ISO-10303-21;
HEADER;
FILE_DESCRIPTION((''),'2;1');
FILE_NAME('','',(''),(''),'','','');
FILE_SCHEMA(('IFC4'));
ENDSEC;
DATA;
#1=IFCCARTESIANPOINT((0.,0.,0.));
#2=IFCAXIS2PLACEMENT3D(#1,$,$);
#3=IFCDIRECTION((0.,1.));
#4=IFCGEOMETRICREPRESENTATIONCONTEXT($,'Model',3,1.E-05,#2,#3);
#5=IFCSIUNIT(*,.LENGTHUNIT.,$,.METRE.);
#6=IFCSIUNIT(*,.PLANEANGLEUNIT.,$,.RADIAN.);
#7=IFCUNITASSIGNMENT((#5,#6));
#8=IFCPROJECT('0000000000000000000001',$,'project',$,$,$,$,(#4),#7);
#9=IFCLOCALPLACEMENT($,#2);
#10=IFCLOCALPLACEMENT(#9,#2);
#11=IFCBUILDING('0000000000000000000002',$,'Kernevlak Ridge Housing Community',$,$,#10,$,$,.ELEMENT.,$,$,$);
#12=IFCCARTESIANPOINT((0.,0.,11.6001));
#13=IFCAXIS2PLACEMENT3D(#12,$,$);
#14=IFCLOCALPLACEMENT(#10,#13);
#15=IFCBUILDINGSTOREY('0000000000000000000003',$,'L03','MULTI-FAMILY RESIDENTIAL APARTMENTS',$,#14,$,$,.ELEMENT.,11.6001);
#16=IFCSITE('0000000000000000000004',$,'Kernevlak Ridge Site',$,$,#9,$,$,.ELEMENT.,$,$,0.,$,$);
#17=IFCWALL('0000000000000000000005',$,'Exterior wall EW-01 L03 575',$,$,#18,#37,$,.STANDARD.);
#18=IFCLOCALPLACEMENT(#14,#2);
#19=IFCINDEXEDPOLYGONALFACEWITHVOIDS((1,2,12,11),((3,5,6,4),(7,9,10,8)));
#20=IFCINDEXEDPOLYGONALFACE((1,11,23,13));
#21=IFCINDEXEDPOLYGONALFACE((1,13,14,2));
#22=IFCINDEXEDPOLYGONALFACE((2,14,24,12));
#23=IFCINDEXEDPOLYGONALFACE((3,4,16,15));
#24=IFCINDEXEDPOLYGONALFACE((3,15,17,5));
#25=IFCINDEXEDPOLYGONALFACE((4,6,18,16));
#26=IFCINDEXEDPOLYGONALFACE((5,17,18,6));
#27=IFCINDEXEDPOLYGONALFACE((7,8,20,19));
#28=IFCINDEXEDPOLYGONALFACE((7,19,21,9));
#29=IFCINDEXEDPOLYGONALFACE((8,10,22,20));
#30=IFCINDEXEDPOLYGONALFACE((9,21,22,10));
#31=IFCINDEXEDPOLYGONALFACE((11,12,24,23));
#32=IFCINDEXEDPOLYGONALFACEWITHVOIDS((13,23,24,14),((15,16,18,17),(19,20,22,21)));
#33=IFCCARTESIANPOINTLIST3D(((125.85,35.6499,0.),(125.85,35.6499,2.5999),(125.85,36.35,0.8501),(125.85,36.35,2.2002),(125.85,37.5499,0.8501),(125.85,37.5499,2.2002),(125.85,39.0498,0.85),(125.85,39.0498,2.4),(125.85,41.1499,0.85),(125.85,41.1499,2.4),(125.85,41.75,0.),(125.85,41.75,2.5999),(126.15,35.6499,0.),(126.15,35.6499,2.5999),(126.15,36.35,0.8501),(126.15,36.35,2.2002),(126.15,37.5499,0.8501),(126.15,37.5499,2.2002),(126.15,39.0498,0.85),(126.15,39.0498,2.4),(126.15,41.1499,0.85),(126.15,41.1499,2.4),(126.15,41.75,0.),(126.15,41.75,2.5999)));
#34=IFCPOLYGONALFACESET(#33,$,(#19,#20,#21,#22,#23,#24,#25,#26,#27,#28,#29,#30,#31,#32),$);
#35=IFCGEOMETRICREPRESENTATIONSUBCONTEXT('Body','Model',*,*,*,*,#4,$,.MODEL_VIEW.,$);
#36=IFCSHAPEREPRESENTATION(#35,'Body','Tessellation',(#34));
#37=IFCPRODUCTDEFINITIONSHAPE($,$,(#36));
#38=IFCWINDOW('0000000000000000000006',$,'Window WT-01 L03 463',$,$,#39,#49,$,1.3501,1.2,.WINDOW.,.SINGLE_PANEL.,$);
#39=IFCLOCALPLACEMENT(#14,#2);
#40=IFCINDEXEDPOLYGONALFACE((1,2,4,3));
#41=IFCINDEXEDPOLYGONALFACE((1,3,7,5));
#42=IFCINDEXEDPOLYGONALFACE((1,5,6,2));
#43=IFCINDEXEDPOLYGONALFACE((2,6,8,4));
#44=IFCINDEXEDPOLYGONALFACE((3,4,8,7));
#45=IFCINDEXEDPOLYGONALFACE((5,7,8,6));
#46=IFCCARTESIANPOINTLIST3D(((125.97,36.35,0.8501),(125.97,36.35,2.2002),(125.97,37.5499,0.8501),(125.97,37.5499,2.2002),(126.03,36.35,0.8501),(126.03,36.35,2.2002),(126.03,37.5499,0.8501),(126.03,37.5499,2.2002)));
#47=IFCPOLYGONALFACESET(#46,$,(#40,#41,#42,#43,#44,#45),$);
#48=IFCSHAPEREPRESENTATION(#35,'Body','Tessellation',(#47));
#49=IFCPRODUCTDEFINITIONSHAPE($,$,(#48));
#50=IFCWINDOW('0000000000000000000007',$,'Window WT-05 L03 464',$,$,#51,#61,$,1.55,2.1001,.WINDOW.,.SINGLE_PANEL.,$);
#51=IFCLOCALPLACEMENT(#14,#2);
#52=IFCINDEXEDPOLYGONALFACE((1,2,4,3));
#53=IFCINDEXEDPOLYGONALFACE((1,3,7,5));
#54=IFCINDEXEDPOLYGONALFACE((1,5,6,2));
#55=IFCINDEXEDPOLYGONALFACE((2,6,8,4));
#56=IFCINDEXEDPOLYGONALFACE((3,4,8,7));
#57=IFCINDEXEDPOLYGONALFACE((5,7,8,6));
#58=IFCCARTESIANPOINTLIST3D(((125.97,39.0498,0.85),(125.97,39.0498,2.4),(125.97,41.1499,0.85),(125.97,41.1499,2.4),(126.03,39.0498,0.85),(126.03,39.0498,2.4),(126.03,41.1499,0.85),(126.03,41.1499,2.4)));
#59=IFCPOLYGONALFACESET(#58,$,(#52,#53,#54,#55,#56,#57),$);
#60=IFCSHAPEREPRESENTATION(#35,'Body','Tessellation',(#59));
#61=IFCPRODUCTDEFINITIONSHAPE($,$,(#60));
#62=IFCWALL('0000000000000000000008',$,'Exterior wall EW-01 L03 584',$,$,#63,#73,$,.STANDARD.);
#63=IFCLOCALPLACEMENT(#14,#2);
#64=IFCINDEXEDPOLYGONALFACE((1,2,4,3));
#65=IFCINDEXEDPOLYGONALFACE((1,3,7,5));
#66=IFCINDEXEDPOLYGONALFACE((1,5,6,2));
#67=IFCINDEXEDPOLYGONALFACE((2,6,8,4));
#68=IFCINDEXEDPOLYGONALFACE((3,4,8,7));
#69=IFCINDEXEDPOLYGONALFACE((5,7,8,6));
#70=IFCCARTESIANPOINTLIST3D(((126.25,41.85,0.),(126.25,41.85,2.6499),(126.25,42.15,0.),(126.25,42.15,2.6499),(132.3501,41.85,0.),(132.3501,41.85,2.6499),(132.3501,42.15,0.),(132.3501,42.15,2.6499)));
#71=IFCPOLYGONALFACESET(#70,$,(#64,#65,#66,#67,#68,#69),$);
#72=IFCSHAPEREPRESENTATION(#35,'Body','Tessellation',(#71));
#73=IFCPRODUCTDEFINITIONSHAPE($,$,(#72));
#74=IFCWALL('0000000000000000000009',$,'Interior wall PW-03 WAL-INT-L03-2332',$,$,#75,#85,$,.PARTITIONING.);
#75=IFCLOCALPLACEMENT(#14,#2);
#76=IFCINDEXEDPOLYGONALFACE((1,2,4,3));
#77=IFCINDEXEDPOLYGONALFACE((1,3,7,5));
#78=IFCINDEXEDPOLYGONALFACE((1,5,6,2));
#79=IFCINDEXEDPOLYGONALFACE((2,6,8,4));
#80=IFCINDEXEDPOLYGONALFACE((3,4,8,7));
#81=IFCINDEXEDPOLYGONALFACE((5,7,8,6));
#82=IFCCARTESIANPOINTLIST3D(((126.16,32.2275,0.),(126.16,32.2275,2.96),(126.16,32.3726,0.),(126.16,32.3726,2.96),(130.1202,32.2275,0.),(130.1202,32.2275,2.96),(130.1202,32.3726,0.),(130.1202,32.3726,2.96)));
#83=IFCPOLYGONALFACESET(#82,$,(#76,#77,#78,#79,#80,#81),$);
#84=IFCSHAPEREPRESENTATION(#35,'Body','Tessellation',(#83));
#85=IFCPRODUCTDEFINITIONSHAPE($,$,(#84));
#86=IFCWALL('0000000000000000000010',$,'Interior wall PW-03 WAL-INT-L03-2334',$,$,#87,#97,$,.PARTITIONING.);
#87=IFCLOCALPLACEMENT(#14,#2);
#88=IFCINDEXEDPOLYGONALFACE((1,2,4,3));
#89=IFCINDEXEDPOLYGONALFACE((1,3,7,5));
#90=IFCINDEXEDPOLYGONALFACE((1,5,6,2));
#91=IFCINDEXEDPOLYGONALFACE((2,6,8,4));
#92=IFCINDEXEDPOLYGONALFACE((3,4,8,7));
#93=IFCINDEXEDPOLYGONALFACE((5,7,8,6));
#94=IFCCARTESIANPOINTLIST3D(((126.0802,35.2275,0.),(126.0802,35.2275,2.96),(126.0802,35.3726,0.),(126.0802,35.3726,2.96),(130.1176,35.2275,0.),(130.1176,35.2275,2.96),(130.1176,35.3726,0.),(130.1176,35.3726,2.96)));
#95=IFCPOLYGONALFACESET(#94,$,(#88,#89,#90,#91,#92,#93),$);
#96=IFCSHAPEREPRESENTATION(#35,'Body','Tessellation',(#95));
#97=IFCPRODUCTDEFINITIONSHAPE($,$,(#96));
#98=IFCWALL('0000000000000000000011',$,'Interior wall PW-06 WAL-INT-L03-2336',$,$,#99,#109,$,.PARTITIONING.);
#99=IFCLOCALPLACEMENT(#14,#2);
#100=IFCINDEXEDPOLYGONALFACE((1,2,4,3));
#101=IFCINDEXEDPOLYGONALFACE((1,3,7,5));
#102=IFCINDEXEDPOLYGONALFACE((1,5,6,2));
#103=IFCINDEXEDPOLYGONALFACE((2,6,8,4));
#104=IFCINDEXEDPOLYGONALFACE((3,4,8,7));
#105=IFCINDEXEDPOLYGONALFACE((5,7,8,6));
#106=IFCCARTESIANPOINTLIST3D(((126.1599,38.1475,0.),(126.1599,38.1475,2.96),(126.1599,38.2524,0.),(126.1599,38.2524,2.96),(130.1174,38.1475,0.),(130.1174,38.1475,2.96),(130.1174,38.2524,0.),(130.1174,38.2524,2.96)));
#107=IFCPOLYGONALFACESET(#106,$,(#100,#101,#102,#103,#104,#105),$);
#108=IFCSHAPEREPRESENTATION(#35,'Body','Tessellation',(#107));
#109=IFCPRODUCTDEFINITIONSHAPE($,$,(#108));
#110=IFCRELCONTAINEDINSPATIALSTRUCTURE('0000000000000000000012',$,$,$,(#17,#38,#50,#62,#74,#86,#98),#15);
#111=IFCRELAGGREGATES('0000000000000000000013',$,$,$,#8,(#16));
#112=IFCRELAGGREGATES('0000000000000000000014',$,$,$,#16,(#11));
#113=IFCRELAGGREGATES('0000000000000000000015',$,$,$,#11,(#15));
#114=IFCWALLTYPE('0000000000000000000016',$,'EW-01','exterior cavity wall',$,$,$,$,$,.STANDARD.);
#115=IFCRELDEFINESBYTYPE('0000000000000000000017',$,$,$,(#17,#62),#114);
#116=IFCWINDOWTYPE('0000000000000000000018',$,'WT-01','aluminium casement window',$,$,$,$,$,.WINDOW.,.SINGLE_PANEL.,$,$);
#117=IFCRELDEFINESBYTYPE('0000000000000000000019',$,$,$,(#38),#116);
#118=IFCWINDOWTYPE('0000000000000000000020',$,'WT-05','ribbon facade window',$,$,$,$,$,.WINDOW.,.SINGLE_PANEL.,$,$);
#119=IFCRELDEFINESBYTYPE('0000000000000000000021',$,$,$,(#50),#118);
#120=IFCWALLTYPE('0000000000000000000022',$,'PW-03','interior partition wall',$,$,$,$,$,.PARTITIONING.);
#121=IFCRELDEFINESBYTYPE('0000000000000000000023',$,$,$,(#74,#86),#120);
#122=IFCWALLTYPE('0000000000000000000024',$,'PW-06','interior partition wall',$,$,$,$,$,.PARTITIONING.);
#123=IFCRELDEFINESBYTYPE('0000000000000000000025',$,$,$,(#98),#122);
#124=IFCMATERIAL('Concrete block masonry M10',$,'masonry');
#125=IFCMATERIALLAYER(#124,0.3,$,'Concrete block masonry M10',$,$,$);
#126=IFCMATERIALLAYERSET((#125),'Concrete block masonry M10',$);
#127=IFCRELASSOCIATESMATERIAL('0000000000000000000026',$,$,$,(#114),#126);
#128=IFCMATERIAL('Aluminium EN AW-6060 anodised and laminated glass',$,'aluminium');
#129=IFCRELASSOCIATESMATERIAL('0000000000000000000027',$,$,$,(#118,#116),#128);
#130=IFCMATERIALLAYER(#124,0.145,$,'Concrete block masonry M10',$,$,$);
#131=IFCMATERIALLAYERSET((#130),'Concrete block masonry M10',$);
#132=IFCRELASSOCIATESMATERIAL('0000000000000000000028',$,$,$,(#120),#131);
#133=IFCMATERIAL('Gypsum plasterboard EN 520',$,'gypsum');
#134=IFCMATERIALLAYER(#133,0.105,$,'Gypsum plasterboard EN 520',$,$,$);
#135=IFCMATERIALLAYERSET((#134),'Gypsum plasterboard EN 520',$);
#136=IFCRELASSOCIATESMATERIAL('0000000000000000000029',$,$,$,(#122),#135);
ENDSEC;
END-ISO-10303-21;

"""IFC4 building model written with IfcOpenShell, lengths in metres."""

from ifc_helpers import new_model, si_unit, direction, frame, frame_2d, origin, place, context, subcontext, project, spatial, rectangle, extrude, material, layer, layer_set, type_object, element, fill, save


model = new_model("IFC4")

# Units and contexts
model_context = context("Model", 3, precision=1e-05, world=origin(), true_north=direction((0.0, 1.0)))
body_context = subcontext(model_context, "Body", "Model", "MODEL_VIEW")
ifc_project = project(units=[si_unit("LENGTHUNIT", "METRE"), si_unit("PLANEANGLEUNIT", "RADIAN")], contexts=[model_context])

# Site, building, storey
site_placement = place(None, origin())
site = spatial("IfcSite", under=ifc_project, at=site_placement, Name="Kernevlak Ridge Site", CompositionType="ELEMENT", RefElevation=0.0)
building_placement = place(site_placement, origin())
building = spatial("IfcBuilding", under=site, at=building_placement, Name="Kernevlak Ridge Housing Community", CompositionType="ELEMENT")
storey_placement = place(building_placement, frame((0.0, 0.0, 11.6001)))
storey = spatial("IfcBuildingStorey", under=building, at=storey_placement, Name="L03", Description="MULTI-FAMILY RESIDENTIAL APARTMENTS", CompositionType="ELEMENT", Elevation=11.6001)

# Shared definitions
ifc_material_1 = material(Name="Concrete block masonry M10", Category="masonry")
ifc_layer_1 = layer(ifc_material_1, 0.3, Name="Concrete block masonry M10")
ifc_layer_set_1 = layer_set([ifc_layer_1], Name="Concrete block masonry M10")
wall_type_1 = type_object("IfcWallType", Name="EW-01", Description="exterior cavity wall", PredefinedType="STANDARD", material=ifc_layer_set_1)
ifc_material_2 = material(Name="Aluminium EN AW-6060 anodised and laminated glass", Category="aluminium")
window_type_1 = type_object("IfcWindowType", Name="WT-05", Description="ribbon facade window", PartitioningType="SINGLE_PANEL", PredefinedType="WINDOW", material=ifc_material_2)

# Wall, openings, windows
wall_1_placement = place(storey_placement, frame((126.0, 35.6499, 0.0), z_axis=(0.0, 0.0, 1.0), x_axis=(0.0, 1.0, 0.0)))
wall_1 = element("IfcWall", 1, at=wall_1_placement, inside=storey, type_object=wall_type_1, Name="Exterior wall EW-01 L03 575", PredefinedType="STANDARD", context=body_context, shape_type="SweptSolid", body=[
    extrude(rectangle(XDim=6.1001, YDim=0.3, at=frame_2d((3.05, 0.0))), origin(), (0.0, 0.0, 1.0), 2.5999),
])
opening_1_placement = place(wall_1_placement, frame((0.7, 0.0, 0.8501)))
opening_1 = element("IfcOpeningElement", 2, at=opening_1_placement, cuts=wall_1, PredefinedType="OPENING", context=body_context, shape_type="SweptSolid", body=[
    extrude(rectangle(XDim=1.2, YDim=1.3501, at=frame_2d((0.6001, 0.675))), frame((0.0, 0.1599, 0.0), z_axis=(0.0, -1.0, 0.0), x_axis=(1.0, 0.0, 0.0)), (0.0, 0.0, 1.0), 0.3201),
])
opening_2_placement = place(wall_1_placement, frame((3.3999, 0.0, 0.8501)))
opening_2 = element("IfcOpeningElement", 3, at=opening_2_placement, cuts=wall_1, PredefinedType="OPENING", context=body_context, shape_type="SweptSolid", body=[
    extrude(rectangle(XDim=2.1001, YDim=1.55, at=frame_2d((1.05, 0.7749))), frame((0.0, 0.1599, 0.0), z_axis=(0.0, -1.0, 0.0), x_axis=(1.0, 0.0, 0.0)), (0.0, 0.0, 1.0), 0.3201),
])
window_type_2 = type_object("IfcWindowType", Name="WT-01", Description="aluminium casement window", PartitioningType="SINGLE_PANEL", PredefinedType="WINDOW", material=ifc_material_2)
window_1_placement = place(opening_1_placement, origin())
window_1 = element("IfcWindow", 4, at=window_1_placement, inside=storey, type_object=window_type_2, Name="Window WT-01 L03 463", OverallHeight=1.3501, OverallWidth=1.2, PartitioningType="SINGLE_PANEL", PredefinedType="WINDOW", context=body_context, shape_type="SweptSolid", body=[
    extrude(rectangle(XDim=1.2, YDim=1.3501, at=frame_2d((0.6001, 0.675))), frame((0.0, 0.03, 0.0), z_axis=(0.0, -1.0, 0.0), x_axis=(1.0, 0.0, 0.0)), (0.0, 0.0, 1.0), 0.0601),
])
fill(opening_1, window_1)
window_2_placement = place(opening_2_placement, origin())
window_2 = element("IfcWindow", 5, at=window_2_placement, inside=storey, type_object=window_type_1, Name="Window WT-05 L03 464", OverallHeight=1.55, OverallWidth=2.1001, PartitioningType="SINGLE_PANEL", PredefinedType="WINDOW", context=body_context, shape_type="SweptSolid", body=[
    extrude(rectangle(XDim=2.1001, YDim=1.55, at=frame_2d((1.05, 0.7749))), frame((0.0, 0.03, 0.0), z_axis=(0.0, -1.0, 0.0), x_axis=(1.0, 0.0, 0.0)), (0.0, 0.0, 1.0), 0.0601),
])
fill(opening_2, window_2)

# Walls
wall_2_placement = place(storey_placement, frame((126.25, 42.0, 0.0), z_axis=(0.0, 0.0, 1.0), x_axis=(1.0, 0.0, 0.0)))
element("IfcWall", 6, at=wall_2_placement, inside=storey, type_object=wall_type_1, Name="Exterior wall EW-01 L03 584", PredefinedType="STANDARD", context=body_context, shape_type="SweptSolid", body=[
    extrude(rectangle(XDim=6.1001, YDim=0.3, at=frame_2d((3.05, 0.0))), origin(), (0.0, 0.0, 1.0), 2.6499),
])
ifc_layer_2 = layer(ifc_material_1, 0.145, Name="Concrete block masonry M10")
ifc_layer_set_2 = layer_set([ifc_layer_2], Name="Concrete block masonry M10")
wall_type_2 = type_object("IfcWallType", Name="PW-03", Description="interior partition wall", PredefinedType="PARTITIONING", material=ifc_layer_set_2)
wall_3_placement = place(storey_placement, frame((130.1201, 32.3, 0.0), z_axis=(0.0, 0.0, 1.0), x_axis=(-1.0, 0.0, 0.0)))
element("IfcWall", 7, at=wall_3_placement, inside=storey, type_object=wall_type_2, Name="Interior wall PW-03 WAL-INT-L03-2332", PredefinedType="PARTITIONING", context=body_context, shape_type="SweptSolid", body=[
    extrude(rectangle(XDim=3.9602, YDim=0.145, at=frame_2d((1.98, 0.0))), origin(), (0.0, 0.0, 1.0), 2.96),
])
wall_4_placement = place(storey_placement, frame((130.1174, 35.3, 0.0), z_axis=(0.0, 0.0, 1.0), x_axis=(-1.0, 0.0, 0.0)))
element("IfcWall", 8, at=wall_4_placement, inside=storey, type_object=wall_type_2, Name="Interior wall PW-03 WAL-INT-L03-2334", PredefinedType="PARTITIONING", context=body_context, shape_type="SweptSolid", body=[
    extrude(rectangle(XDim=4.0374, YDim=0.145, at=frame_2d((2.0186, 0.0))), origin(), (0.0, 0.0, 1.0), 2.96),
])
ifc_material_3 = material(Name="Gypsum plasterboard EN 520", Category="gypsum")
ifc_layer_3 = layer(ifc_material_3, 0.105, Name="Gypsum plasterboard EN 520")
ifc_layer_set_3 = layer_set([ifc_layer_3], Name="Gypsum plasterboard EN 520")
wall_type_3 = type_object("IfcWallType", Name="PW-06", Description="interior partition wall", PredefinedType="PARTITIONING", material=ifc_layer_set_3)
wall_5_placement = place(storey_placement, frame((130.1174, 38.2, 0.0), z_axis=(0.0, 0.0, 1.0), x_axis=(-1.0, 0.0, 0.0)))
element("IfcWall", 9, at=wall_5_placement, inside=storey, type_object=wall_type_3, Name="Interior wall PW-06 WAL-INT-L03-2336", PredefinedType="PARTITIONING", context=body_context, shape_type="SweptSolid", body=[
    extrude(rectangle(XDim=3.9575, YDim=0.105, at=frame_2d((1.9788, 0.0))), origin(), (0.0, 0.0, 1.0), 2.96),
])

save(model, "model.ifc")
